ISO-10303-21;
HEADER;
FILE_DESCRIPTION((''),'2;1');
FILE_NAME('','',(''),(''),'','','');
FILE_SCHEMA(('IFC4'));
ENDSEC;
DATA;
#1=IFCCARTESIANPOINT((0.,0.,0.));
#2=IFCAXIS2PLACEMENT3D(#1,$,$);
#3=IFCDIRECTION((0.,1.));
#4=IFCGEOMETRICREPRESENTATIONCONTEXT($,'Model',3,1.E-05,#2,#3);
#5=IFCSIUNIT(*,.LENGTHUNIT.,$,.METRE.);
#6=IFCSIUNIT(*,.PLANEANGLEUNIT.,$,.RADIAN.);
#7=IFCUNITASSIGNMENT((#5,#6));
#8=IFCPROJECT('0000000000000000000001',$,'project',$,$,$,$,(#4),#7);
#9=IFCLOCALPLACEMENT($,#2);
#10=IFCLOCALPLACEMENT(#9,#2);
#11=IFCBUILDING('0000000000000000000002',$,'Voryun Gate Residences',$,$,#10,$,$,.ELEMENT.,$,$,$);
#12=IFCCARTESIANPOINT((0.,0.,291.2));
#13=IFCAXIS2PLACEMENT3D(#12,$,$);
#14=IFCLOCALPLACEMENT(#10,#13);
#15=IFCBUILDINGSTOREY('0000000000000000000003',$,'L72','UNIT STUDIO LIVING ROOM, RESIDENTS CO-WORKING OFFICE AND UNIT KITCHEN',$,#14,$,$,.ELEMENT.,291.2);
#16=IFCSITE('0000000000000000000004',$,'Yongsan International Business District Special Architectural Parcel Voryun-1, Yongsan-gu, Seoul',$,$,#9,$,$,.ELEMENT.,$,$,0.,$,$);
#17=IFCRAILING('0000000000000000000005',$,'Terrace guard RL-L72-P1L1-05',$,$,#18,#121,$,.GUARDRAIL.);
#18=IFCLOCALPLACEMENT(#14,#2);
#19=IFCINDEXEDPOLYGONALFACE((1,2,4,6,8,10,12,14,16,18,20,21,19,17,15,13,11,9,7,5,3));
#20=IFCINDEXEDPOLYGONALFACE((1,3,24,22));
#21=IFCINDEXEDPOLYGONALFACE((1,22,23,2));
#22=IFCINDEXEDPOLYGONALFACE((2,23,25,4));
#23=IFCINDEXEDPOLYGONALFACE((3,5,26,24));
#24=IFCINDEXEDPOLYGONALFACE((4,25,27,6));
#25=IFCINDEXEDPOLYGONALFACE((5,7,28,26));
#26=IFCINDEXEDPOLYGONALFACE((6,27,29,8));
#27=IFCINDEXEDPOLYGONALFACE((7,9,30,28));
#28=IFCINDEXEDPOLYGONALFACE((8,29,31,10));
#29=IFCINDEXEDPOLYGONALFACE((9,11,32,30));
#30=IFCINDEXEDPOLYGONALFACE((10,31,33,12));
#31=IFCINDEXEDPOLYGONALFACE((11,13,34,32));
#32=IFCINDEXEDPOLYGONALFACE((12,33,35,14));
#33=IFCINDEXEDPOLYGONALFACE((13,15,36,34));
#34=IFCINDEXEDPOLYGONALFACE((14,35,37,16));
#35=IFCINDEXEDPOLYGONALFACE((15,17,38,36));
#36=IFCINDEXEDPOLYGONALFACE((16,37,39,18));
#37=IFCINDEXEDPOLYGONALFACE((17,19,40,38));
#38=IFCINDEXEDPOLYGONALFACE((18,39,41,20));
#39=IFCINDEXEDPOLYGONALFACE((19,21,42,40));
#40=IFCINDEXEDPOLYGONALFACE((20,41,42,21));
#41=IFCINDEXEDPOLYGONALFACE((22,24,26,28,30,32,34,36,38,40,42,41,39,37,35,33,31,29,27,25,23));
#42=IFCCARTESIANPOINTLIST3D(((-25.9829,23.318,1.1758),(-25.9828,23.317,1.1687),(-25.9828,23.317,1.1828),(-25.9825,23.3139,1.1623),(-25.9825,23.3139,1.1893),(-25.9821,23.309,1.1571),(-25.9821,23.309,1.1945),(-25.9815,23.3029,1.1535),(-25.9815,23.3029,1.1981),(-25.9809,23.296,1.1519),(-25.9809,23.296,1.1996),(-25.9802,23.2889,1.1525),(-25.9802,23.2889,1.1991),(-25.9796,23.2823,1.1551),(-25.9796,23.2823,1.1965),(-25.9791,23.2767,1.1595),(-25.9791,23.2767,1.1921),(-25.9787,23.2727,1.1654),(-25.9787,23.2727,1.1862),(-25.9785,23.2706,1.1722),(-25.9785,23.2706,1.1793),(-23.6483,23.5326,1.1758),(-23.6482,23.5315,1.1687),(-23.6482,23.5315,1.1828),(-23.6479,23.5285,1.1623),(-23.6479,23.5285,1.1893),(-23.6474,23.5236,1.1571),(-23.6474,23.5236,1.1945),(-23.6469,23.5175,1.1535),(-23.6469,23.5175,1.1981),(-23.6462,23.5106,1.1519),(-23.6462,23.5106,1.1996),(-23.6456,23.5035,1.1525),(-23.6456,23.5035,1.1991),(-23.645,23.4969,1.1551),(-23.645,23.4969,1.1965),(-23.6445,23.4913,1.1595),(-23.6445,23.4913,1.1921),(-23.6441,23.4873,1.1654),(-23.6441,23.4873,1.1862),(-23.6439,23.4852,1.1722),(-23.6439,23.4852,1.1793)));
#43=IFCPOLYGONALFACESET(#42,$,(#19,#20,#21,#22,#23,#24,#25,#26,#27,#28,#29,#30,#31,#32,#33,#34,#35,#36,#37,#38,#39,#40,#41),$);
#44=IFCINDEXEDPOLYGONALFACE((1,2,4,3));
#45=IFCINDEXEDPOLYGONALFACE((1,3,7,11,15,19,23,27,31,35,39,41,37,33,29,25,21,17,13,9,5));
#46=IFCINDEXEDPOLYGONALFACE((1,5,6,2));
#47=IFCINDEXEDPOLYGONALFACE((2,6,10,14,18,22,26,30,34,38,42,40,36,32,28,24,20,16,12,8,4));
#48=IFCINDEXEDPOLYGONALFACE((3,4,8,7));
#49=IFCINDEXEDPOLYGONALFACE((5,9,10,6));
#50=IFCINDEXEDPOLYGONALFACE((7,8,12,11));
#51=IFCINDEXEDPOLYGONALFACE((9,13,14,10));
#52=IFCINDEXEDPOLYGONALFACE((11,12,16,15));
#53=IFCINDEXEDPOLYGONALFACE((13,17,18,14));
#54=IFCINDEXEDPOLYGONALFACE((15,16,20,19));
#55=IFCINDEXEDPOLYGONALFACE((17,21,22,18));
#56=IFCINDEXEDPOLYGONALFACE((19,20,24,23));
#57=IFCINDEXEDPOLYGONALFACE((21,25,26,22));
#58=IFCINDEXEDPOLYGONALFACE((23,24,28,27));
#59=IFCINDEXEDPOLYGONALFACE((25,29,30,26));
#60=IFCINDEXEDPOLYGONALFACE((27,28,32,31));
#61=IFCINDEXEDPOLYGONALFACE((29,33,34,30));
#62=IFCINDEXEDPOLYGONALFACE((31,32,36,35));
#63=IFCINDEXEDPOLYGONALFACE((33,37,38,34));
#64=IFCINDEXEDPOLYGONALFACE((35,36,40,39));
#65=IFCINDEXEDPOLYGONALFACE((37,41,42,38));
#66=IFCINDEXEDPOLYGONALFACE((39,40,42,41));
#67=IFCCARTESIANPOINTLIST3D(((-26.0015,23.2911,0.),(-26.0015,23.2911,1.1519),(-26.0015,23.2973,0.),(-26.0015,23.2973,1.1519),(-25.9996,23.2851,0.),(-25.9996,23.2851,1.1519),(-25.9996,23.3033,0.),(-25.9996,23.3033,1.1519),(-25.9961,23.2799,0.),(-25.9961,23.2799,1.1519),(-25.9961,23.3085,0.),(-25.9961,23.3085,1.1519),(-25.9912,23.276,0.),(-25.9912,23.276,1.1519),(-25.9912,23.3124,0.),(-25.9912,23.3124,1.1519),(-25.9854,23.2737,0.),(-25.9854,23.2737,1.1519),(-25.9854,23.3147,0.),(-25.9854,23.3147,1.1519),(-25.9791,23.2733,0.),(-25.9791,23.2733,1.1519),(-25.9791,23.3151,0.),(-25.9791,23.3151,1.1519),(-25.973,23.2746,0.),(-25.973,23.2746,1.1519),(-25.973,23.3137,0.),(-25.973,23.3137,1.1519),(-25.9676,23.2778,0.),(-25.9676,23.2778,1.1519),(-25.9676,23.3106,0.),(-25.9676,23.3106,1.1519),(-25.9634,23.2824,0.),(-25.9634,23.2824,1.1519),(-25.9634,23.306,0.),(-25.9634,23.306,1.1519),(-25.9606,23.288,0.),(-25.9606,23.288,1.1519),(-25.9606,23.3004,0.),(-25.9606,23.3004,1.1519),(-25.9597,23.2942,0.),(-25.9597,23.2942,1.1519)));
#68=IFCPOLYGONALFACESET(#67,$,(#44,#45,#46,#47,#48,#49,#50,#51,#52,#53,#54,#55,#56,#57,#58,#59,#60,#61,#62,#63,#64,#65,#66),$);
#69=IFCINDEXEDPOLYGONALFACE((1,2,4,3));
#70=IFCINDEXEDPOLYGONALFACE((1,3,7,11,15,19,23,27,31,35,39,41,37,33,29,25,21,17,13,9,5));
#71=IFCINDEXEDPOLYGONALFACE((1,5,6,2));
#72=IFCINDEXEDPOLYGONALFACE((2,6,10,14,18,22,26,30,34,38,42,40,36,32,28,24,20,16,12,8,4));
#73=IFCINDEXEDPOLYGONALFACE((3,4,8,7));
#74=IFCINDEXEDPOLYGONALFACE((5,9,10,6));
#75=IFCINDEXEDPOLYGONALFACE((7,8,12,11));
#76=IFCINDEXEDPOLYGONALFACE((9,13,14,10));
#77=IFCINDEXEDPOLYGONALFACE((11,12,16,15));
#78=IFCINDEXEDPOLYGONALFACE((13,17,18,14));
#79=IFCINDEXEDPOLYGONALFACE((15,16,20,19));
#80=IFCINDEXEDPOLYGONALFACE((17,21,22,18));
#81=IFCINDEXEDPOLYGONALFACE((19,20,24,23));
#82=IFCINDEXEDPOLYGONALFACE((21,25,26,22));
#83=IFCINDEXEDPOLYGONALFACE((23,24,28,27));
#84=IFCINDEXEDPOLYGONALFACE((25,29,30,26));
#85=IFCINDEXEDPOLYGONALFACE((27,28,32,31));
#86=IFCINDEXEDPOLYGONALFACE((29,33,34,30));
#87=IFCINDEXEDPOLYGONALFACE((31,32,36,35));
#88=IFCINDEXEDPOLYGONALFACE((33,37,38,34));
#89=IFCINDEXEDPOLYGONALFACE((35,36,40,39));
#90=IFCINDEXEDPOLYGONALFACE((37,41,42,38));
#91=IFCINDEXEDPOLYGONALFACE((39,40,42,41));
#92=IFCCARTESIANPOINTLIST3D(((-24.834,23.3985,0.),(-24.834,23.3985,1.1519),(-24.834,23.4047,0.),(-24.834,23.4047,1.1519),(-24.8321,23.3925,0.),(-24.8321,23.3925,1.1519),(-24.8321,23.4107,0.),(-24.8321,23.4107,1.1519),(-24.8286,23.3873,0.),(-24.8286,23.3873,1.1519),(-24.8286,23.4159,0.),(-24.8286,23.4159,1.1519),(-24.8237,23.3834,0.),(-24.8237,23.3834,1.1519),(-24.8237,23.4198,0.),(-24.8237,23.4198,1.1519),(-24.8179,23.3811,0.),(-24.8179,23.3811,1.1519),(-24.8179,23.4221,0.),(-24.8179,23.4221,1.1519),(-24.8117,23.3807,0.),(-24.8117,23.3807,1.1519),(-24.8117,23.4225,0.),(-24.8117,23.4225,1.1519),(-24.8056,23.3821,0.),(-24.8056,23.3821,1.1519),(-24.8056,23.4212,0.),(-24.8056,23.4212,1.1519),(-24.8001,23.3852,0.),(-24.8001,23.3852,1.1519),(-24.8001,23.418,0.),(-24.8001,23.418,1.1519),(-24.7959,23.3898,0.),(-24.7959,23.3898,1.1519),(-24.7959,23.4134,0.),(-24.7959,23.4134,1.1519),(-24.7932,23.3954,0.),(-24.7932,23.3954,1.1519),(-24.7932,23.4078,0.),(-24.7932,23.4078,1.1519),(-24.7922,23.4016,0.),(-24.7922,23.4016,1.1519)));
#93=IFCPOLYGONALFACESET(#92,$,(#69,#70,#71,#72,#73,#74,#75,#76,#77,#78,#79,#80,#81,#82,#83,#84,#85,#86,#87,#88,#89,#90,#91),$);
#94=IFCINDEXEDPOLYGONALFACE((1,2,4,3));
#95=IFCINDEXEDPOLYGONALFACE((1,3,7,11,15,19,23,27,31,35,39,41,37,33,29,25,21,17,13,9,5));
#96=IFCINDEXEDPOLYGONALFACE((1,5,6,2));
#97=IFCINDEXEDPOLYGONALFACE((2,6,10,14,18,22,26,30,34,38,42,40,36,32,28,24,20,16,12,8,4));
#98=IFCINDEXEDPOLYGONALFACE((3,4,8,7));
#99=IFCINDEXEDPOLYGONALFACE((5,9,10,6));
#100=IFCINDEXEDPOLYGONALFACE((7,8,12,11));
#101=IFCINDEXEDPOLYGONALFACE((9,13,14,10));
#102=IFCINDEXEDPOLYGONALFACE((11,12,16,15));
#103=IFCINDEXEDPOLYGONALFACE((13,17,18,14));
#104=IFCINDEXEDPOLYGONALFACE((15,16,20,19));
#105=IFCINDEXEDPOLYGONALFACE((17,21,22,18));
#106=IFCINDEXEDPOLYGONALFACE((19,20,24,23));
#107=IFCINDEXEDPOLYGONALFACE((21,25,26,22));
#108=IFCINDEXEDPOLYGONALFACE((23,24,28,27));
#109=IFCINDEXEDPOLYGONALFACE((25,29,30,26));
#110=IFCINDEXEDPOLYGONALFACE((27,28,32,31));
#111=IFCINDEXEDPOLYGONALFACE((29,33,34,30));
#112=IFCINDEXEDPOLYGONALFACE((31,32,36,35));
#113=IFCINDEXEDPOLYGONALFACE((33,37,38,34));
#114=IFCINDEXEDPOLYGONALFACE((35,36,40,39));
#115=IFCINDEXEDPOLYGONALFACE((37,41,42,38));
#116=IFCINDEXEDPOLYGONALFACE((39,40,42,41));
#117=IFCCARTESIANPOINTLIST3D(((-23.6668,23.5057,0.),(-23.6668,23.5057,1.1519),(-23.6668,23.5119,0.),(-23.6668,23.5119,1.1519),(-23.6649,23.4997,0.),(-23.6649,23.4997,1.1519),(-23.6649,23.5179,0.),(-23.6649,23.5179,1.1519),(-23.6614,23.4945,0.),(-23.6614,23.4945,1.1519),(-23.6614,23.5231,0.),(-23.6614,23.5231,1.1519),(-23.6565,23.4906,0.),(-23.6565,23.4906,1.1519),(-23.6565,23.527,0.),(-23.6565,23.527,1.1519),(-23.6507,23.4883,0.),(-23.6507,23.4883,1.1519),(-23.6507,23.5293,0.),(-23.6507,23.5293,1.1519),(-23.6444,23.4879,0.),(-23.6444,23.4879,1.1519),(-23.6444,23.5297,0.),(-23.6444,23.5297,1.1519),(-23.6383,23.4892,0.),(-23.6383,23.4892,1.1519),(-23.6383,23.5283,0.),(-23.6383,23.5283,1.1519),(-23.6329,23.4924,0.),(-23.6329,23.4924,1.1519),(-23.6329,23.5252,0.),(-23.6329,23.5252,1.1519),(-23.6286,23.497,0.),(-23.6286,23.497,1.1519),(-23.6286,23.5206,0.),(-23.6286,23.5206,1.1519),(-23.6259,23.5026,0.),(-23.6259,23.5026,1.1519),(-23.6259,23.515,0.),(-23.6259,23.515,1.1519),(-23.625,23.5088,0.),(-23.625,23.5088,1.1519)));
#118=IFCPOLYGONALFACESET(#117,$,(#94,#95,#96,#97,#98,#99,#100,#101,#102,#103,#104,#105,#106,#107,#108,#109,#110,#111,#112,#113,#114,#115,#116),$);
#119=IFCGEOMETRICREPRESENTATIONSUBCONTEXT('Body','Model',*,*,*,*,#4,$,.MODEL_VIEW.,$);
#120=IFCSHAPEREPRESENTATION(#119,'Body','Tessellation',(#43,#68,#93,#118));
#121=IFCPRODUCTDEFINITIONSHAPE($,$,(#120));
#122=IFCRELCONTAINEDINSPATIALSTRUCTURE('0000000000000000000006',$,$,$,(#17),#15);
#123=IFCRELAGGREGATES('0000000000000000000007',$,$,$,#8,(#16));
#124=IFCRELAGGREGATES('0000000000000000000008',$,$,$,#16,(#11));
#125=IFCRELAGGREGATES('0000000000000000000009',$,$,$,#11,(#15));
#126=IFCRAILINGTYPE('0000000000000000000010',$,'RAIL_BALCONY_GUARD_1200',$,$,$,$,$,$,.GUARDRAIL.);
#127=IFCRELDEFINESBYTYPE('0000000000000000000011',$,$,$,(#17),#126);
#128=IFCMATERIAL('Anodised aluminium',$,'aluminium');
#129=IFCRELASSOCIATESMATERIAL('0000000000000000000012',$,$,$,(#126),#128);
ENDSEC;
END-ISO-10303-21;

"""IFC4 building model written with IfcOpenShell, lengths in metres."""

from ifc_helpers import new_model, si_unit, direction, frame, origin, origin_2d, place, context, subcontext, project, spatial, circle, extrude, material, type_object, element, save


model = new_model("IFC4")

# Units and contexts
model_context = context("Model", 3, precision=1e-05, world=origin(), true_north=direction((0.0, 1.0)))
body_context = subcontext(model_context, "Body", "Model", "MODEL_VIEW")
ifc_project = project(units=[si_unit("LENGTHUNIT", "METRE"), si_unit("PLANEANGLEUNIT", "RADIAN")], contexts=[model_context])

# Site, building, storey
site_placement = place(None, origin())
site = spatial("IfcSite", under=ifc_project, at=site_placement, Name="Yongsan International Business District Special Architectural Parcel Voryun-1, Yongsan-gu, Seoul", CompositionType="ELEMENT", RefElevation=0.0)
building_placement = place(site_placement, origin())
building = spatial("IfcBuilding", under=site, at=building_placement, Name="Voryun Gate Residences", CompositionType="ELEMENT")
storey_placement = place(building_placement, frame((0.0, 0.0, 291.2)))
storey = spatial("IfcBuildingStorey", under=building, at=storey_placement, Name="L72", Description="UNIT STUDIO LIVING ROOM, RESIDENTS CO-WORKING OFFICE AND UNIT KITCHEN", CompositionType="ELEMENT", Elevation=291.2)

# Railing
ifc_material_1 = material(Name="Anodised aluminium", Category="aluminium")
railing_type = type_object("IfcRailingType", Name="RAIL_BALCONY_GUARD_1200", PredefinedType="GUARDRAIL", material=ifc_material_1)
railing_1_placement = place(storey_placement, frame((-25.9807, 23.2942, 0.0)))
element("IfcRailing", 1, at=railing_1_placement, inside=storey, type_object=railing_type, Name="Terrace guard RL-L72-P1L1-05", PredefinedType="GUARDRAIL", context=body_context, shape_type="SweptSolid", body=[
    extrude(circle(Radius=0.0239, at=origin_2d()), frame((0.0, 0.0, 1.1758), z_axis=(0.995802, 0.091531, 0.0), x_axis=(-0.091531, 0.995802, 0.0)), (0.0, 0.0, 1.0), 2.3445),
    extrude(circle(Radius=0.021, at=origin_2d()), origin(), (0.0, 0.0, 1.0), 1.1519),
    extrude(circle(Radius=0.021, at=origin_2d()), frame((1.1675, 0.1074, 0.0)), (0.0, 0.0, 1.0), 1.1519),
    extrude(circle(Radius=0.021, at=origin_2d()), frame((2.3347, 0.2146, 0.0)), (0.0, 0.0, 1.0), 1.1519),
])

save(model, "model.ifc")
